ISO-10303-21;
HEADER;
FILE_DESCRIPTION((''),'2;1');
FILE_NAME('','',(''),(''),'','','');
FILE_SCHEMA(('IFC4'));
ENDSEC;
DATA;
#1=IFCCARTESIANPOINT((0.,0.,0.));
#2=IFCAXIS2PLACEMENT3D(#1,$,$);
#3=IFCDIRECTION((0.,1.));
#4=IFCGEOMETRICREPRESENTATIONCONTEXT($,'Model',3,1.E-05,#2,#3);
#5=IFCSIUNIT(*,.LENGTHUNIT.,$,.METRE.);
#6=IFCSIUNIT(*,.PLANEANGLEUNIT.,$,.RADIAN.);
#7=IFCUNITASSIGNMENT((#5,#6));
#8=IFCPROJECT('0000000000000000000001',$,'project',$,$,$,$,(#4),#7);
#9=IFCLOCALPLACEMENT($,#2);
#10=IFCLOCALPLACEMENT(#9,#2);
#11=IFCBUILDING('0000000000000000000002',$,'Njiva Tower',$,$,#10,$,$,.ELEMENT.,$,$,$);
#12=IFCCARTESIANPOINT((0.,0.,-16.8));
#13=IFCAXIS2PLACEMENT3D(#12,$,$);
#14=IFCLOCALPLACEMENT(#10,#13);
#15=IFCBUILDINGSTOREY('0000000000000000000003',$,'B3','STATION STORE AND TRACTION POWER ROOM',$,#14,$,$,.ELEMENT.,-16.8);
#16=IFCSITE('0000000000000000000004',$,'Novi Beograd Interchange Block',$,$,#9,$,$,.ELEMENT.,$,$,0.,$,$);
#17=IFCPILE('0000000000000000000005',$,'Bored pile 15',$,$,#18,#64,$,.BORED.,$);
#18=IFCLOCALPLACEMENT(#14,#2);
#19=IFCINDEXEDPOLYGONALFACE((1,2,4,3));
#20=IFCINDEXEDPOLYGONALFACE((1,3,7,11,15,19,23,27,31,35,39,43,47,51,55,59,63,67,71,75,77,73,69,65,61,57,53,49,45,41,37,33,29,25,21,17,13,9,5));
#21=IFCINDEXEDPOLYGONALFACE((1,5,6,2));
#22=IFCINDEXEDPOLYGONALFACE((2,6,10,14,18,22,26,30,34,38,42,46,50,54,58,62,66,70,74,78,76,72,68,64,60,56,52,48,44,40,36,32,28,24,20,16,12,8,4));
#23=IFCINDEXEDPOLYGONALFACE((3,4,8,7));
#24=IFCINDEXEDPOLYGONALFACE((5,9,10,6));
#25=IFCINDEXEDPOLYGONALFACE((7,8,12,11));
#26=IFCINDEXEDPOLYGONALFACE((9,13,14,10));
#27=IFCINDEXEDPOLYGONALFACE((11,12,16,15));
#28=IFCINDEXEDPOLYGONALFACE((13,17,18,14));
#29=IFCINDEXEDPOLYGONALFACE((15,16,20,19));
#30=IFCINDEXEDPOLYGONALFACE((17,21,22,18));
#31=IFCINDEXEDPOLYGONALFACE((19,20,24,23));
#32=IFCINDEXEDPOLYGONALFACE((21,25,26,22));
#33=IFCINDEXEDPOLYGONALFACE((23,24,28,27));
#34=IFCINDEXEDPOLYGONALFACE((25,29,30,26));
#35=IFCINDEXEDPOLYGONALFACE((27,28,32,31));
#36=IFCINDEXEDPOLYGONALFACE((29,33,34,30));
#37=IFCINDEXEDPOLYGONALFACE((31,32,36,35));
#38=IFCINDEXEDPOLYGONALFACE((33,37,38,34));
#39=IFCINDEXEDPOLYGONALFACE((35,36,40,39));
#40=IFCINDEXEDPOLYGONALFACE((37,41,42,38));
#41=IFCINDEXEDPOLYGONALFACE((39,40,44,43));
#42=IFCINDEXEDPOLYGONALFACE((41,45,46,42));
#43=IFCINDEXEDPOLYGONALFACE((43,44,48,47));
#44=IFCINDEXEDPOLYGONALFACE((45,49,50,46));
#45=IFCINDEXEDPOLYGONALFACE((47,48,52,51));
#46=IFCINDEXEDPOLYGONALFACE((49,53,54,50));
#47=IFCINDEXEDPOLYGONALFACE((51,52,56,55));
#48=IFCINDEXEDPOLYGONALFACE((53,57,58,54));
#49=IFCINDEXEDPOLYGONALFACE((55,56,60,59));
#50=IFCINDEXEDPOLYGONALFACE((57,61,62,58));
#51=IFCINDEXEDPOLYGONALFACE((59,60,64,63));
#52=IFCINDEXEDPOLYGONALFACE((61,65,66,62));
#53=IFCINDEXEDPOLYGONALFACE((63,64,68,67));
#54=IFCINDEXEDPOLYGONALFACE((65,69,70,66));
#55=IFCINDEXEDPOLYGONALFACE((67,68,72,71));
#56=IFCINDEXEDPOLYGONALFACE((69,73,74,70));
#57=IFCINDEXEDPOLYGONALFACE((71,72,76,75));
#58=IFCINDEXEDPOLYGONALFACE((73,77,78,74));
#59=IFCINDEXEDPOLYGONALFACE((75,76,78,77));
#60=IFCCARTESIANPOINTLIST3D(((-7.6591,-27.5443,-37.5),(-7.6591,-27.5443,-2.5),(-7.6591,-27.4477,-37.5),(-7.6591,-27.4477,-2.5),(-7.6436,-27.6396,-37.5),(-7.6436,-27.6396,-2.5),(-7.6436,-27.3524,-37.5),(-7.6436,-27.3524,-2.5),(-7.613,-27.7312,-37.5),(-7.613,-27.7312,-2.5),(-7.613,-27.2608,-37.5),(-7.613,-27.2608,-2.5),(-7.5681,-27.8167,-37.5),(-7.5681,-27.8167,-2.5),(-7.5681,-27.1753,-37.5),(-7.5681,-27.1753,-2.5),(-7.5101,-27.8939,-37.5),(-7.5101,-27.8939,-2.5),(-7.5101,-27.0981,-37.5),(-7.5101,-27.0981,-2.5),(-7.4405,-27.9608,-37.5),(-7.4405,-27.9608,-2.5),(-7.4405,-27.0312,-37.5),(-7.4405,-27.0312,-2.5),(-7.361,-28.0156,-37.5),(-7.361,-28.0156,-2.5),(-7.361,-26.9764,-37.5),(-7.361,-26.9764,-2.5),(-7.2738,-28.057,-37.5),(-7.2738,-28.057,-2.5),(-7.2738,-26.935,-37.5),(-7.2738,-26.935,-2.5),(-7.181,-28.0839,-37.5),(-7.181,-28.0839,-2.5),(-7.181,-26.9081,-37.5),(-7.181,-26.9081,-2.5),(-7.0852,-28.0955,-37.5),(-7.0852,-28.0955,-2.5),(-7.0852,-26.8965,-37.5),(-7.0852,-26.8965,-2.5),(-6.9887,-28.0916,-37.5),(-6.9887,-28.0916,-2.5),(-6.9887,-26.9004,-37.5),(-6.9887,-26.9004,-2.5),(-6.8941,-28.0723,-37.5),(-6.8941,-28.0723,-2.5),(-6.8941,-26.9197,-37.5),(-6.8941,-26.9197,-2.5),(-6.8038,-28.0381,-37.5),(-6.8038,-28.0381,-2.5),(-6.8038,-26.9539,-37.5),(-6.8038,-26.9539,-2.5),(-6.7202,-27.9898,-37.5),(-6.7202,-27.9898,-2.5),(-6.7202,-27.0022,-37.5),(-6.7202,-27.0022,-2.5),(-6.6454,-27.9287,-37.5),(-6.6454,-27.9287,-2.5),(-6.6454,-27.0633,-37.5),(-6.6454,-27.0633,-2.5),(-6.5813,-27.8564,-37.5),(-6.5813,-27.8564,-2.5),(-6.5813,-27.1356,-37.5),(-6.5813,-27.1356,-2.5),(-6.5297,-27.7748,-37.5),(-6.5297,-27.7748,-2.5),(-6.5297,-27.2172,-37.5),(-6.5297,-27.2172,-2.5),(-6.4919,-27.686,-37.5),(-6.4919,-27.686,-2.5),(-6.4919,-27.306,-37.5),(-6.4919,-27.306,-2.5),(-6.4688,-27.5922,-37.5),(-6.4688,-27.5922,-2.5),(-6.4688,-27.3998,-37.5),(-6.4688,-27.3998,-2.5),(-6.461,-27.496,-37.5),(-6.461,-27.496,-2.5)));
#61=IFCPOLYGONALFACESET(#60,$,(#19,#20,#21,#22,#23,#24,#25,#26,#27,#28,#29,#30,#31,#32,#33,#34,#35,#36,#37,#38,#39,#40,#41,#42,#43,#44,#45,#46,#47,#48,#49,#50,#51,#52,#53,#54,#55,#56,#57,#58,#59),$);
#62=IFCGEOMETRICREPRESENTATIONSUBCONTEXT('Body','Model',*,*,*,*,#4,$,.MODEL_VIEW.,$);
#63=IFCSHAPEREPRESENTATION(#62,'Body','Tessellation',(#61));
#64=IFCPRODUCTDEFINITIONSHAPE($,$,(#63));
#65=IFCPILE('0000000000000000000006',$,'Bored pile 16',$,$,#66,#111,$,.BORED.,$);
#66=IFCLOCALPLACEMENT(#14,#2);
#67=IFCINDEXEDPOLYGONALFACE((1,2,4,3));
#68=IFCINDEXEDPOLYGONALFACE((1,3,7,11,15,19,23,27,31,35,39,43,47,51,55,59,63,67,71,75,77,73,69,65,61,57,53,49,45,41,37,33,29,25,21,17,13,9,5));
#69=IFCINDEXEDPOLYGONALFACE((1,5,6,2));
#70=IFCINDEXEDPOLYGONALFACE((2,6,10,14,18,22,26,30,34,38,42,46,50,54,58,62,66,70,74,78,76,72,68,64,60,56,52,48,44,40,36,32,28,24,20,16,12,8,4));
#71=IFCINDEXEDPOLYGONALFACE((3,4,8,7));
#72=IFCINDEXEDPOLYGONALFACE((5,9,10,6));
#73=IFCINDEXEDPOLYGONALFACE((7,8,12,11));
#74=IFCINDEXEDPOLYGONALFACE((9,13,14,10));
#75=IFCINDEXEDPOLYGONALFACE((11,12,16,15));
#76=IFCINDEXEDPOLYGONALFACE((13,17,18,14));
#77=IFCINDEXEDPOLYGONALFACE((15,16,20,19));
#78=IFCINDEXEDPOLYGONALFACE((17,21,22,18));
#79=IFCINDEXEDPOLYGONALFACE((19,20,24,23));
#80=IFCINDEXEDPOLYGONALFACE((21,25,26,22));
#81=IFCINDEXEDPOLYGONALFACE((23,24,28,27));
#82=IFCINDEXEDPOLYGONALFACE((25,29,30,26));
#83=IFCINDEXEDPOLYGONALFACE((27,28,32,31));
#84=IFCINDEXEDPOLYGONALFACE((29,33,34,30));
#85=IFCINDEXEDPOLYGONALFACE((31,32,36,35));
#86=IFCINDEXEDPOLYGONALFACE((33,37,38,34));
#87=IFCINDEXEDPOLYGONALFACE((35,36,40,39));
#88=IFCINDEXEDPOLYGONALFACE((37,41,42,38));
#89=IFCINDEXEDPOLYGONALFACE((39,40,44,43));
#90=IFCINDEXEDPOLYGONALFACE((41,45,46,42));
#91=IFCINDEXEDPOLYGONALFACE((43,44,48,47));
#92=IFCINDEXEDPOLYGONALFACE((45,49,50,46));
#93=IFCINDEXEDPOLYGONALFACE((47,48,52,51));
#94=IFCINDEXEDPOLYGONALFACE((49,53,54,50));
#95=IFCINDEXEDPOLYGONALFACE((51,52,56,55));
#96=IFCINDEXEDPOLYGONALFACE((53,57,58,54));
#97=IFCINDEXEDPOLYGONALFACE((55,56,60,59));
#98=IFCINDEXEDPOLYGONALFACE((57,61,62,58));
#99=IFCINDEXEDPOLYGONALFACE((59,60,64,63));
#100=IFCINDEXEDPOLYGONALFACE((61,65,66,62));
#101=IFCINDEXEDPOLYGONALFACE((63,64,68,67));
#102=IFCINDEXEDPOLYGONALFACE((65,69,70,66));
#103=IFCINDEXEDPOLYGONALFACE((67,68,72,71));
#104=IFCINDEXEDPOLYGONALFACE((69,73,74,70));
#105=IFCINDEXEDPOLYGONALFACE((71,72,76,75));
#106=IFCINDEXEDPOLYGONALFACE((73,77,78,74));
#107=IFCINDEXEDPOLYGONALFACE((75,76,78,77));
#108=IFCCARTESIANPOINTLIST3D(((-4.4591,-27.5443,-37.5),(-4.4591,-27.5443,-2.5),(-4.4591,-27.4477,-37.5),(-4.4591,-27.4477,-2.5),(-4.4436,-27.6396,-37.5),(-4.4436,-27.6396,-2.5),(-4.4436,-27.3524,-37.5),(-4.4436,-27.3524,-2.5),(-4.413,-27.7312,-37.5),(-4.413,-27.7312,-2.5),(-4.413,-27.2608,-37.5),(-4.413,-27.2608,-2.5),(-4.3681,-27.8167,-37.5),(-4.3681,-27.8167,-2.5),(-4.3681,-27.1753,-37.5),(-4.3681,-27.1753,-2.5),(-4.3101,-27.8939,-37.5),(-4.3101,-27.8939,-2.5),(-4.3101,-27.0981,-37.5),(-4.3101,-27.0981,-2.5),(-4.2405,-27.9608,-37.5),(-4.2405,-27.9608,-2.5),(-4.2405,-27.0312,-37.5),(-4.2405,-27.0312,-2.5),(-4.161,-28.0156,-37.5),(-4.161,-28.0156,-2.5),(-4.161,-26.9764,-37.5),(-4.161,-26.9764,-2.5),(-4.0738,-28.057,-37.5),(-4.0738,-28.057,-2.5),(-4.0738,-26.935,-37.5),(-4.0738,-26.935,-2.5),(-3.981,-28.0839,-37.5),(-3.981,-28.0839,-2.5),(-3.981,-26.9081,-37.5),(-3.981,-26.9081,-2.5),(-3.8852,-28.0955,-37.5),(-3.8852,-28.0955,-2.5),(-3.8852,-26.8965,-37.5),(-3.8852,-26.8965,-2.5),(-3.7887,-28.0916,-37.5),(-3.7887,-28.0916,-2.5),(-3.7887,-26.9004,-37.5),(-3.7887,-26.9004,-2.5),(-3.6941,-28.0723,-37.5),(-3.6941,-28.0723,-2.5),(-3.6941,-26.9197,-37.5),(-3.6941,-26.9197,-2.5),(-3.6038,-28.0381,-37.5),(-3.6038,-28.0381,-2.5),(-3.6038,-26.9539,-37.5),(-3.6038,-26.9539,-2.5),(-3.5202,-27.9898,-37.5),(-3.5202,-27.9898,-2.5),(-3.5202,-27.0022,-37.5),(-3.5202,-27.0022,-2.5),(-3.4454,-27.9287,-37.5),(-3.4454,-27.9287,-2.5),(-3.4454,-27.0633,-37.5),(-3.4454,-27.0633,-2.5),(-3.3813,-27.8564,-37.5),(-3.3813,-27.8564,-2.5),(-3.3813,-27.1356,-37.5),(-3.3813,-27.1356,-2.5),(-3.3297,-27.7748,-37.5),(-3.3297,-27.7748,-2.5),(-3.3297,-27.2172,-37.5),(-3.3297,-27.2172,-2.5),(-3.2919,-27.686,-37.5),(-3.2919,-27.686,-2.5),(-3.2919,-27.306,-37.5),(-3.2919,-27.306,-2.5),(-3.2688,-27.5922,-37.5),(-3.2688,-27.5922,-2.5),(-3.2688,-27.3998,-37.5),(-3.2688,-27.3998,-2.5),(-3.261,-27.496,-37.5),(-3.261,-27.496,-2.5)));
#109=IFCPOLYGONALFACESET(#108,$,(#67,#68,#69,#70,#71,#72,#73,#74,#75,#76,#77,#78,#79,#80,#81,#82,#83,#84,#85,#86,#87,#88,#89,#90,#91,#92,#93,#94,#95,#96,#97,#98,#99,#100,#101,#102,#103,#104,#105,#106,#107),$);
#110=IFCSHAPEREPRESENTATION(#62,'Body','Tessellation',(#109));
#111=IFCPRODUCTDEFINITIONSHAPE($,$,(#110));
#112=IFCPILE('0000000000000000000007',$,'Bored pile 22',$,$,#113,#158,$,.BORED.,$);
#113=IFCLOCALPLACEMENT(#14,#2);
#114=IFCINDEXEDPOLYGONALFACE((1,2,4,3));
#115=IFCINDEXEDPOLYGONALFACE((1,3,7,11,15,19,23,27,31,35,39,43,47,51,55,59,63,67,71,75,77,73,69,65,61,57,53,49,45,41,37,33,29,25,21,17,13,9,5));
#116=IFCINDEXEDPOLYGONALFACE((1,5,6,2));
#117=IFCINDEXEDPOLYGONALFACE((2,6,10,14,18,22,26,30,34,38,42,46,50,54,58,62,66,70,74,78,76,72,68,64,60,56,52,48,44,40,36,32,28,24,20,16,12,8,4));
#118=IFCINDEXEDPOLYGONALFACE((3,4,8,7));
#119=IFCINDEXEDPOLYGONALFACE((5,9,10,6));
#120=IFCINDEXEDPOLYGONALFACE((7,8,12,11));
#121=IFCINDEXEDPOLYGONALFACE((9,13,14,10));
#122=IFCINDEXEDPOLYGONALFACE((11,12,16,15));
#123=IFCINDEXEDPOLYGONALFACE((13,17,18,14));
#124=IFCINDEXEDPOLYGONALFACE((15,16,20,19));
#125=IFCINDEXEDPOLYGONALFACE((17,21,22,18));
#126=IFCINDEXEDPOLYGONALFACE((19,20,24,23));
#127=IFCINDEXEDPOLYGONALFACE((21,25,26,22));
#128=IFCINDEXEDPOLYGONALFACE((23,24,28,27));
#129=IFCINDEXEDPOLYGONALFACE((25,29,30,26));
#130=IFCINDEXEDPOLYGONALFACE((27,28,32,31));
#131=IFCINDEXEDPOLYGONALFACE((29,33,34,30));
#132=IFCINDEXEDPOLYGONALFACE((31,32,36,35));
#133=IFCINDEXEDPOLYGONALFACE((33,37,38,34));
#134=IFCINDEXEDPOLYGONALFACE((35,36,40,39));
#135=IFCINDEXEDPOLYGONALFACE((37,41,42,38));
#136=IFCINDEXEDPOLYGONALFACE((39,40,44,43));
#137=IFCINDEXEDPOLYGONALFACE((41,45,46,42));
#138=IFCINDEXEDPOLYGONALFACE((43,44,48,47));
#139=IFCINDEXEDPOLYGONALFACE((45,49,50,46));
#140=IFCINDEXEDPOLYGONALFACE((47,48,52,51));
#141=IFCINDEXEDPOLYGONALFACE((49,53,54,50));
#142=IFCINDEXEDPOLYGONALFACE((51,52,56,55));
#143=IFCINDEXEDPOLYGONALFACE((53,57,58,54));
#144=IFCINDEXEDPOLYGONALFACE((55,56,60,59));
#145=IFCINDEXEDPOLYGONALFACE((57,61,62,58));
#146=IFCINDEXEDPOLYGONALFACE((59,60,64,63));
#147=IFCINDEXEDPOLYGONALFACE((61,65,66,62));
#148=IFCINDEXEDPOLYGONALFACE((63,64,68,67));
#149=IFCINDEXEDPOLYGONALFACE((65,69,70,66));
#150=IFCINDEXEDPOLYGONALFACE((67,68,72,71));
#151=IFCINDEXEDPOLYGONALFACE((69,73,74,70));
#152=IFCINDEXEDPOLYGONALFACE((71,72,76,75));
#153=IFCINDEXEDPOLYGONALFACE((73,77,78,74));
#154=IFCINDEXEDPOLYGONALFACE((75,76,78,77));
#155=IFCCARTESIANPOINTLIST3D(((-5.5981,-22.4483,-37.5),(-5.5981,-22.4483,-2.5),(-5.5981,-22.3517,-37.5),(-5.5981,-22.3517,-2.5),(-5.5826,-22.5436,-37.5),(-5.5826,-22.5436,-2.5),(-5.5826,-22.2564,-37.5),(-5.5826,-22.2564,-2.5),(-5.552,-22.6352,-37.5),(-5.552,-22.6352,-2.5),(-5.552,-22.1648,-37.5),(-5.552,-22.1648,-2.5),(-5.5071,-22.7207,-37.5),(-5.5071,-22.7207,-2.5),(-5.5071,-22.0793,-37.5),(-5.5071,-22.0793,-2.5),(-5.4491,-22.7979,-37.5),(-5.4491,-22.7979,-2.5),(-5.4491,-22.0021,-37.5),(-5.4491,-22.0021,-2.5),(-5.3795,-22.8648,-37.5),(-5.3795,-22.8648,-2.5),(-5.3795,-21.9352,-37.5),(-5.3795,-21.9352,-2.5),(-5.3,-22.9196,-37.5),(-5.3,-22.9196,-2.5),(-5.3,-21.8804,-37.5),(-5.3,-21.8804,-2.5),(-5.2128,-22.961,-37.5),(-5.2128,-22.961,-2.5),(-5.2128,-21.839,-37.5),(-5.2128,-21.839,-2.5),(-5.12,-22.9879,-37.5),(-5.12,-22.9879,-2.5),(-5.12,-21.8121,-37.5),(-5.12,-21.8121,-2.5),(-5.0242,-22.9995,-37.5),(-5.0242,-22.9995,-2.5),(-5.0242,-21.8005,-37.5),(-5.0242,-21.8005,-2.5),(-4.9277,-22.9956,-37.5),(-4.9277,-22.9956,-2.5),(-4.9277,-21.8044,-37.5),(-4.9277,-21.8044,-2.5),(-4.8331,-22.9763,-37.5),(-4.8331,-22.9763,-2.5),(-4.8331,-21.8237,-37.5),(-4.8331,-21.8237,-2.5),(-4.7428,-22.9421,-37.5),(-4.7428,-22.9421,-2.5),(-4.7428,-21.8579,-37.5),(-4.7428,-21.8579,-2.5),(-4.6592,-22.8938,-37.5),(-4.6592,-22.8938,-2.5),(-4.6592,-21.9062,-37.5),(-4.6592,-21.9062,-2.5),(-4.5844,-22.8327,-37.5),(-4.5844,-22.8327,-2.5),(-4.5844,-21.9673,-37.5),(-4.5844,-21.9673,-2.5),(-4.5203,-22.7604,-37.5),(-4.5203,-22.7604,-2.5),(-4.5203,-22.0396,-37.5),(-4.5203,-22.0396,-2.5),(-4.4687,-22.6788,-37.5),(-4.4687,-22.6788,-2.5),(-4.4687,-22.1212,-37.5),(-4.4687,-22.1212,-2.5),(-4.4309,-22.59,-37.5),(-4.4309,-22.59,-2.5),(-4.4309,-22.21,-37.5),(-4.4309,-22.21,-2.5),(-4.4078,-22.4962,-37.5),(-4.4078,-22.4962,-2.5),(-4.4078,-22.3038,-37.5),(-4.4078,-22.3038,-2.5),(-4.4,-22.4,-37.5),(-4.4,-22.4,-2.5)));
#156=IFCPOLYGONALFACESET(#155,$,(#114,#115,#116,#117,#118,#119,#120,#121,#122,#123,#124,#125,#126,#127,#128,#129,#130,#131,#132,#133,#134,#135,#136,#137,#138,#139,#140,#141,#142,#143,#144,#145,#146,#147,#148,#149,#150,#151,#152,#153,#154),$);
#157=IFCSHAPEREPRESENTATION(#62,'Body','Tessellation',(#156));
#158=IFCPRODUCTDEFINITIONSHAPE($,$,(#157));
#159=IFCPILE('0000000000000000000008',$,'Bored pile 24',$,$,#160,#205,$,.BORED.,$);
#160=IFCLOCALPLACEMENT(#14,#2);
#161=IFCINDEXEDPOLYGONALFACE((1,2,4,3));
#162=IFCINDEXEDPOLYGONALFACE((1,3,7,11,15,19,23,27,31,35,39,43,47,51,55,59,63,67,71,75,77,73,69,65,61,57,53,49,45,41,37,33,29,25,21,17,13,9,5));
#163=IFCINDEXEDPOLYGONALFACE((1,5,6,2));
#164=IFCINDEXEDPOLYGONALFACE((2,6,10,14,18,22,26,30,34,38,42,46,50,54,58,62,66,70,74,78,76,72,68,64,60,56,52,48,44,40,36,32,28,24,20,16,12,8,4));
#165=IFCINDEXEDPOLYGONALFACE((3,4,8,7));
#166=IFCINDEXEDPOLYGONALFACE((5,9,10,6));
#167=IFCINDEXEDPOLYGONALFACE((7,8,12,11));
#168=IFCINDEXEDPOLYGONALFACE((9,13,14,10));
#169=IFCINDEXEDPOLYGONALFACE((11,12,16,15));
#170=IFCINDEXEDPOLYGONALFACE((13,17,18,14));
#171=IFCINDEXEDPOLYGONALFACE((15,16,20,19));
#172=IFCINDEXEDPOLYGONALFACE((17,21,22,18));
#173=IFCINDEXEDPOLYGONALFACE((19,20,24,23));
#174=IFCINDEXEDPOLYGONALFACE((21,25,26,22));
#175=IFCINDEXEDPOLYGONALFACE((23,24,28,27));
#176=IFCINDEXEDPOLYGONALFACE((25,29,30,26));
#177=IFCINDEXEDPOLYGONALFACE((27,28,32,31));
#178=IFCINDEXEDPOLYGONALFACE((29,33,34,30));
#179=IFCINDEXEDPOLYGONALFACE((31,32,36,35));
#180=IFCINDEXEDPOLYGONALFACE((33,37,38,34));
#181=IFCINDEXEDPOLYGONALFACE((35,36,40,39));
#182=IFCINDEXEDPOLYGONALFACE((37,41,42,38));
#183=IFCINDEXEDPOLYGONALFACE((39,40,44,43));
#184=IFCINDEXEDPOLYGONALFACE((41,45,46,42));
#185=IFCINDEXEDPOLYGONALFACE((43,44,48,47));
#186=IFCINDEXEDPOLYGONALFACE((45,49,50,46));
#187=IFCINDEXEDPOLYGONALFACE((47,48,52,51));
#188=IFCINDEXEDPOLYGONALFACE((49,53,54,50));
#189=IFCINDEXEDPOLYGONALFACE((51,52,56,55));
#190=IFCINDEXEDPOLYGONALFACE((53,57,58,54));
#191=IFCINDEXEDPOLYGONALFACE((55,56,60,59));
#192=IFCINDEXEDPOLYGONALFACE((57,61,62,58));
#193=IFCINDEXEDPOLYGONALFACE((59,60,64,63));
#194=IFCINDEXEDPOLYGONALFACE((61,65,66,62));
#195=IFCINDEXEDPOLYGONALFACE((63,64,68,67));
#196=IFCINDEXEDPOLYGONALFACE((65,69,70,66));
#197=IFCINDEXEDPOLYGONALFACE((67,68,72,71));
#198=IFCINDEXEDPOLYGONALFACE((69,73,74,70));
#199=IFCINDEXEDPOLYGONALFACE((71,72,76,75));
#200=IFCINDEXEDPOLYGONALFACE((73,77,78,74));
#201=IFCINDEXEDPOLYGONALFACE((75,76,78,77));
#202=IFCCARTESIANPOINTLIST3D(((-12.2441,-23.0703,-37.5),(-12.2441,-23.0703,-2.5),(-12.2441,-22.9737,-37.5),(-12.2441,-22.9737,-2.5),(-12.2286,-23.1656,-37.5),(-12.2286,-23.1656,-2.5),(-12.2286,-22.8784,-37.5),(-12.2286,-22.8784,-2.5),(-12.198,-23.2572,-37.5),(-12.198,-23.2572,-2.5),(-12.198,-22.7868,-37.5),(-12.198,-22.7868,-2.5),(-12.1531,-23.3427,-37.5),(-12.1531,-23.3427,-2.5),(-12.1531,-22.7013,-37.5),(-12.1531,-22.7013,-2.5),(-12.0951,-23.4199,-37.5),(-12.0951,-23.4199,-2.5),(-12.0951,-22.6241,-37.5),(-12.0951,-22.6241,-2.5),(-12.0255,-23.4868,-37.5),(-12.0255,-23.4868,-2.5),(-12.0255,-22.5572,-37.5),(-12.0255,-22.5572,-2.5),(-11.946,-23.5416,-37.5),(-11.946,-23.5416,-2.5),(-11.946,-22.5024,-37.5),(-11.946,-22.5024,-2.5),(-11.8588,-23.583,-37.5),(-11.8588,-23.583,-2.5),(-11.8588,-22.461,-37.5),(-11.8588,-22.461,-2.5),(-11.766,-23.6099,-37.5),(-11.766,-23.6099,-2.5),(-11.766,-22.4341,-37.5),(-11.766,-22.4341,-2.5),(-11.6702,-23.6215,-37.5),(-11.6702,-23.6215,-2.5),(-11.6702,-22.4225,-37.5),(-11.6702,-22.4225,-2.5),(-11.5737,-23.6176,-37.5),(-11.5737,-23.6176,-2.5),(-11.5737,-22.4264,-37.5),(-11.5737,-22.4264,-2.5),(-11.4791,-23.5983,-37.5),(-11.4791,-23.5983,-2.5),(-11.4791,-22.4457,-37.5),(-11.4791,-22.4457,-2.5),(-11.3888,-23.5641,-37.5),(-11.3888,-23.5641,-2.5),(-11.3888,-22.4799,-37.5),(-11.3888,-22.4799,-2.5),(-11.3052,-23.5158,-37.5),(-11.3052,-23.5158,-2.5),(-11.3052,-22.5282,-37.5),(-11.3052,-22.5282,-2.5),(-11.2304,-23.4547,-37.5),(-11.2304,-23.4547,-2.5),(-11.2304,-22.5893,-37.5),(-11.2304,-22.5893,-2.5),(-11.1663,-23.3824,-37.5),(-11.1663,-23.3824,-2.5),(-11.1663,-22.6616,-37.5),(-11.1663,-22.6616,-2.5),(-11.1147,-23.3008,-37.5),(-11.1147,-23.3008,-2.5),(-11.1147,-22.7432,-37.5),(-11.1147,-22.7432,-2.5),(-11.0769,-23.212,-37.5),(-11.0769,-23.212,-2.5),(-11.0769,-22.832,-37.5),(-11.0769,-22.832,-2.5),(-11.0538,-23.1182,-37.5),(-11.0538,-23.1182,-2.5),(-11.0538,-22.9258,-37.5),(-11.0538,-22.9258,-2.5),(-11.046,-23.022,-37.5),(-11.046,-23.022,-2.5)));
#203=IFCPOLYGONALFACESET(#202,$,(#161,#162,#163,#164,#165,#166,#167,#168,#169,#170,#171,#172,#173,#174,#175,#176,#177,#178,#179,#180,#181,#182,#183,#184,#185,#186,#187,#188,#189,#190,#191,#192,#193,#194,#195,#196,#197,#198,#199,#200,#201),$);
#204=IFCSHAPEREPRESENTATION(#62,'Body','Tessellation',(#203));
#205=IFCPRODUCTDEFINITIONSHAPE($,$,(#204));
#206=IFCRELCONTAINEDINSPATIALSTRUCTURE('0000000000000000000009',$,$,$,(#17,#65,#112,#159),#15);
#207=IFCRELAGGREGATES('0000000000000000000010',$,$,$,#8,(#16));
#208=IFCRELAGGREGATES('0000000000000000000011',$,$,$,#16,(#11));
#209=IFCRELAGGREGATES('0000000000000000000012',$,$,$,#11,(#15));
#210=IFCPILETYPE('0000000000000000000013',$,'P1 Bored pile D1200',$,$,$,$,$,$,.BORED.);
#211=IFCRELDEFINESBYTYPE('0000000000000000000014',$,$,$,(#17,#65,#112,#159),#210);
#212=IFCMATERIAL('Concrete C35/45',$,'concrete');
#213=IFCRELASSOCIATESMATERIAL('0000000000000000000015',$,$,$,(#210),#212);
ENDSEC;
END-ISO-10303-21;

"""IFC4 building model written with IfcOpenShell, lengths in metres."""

from ifc_helpers import new_model, si_unit, direction, frame, origin, origin_2d, place, context, subcontext, project, spatial, circle, extrude, material, material_profile, profile_set, type_object, element, save


model = new_model("IFC4")

# Units and contexts
model_context = context("Model", 3, precision=1e-05, world=origin(), true_north=direction((0.0, 1.0)))
body_context = subcontext(model_context, "Body", "Model", "MODEL_VIEW")
ifc_project = project(units=[si_unit("LENGTHUNIT", "METRE"), si_unit("PLANEANGLEUNIT", "RADIAN")], contexts=[model_context])

# Site, building, storey
site_placement = place(None, origin())
site = spatial("IfcSite", under=ifc_project, at=site_placement, Name="Novi Beograd Interchange Block", CompositionType="ELEMENT", RefElevation=0.0)
building_placement = place(site_placement, origin())
building = spatial("IfcBuilding", under=site, at=building_placement, Name="Njiva Tower", CompositionType="ELEMENT")
storey_placement = place(building_placement, frame((0.0, 0.0, -16.8)))
storey = spatial("IfcBuildingStorey", under=building, at=storey_placement, Name="B3", Description="STATION STORE AND TRACTION POWER ROOM", CompositionType="ELEMENT", Elevation=-16.8)

# Piles
ifc_material_1 = material(Name="Concrete C35/45", Category="concrete")
ifc_material_profile_1 = material_profile(ifc_material_1, circle(Radius=0.6, at=origin_2d()), Name="D1200")
ifc_profile_set_1 = profile_set([ifc_material_profile_1], Name="Concrete C35/45")
pile_type = type_object("IfcPileType", Name="P1 Bored pile D1200", PredefinedType="BORED", material=ifc_profile_set_1)
for number, where, z_axis, x_axis, name in (
    (1, (-7.061, -27.496, -2.5), (0.0, 0.0, -1.0), (1.0, 0.0, 0.0), "Bored pile 15"),
    (2, (-3.861, -27.496, -2.5), (0.0, 0.0, -1.0), (1.0, 0.0, 0.0), "Bored pile 16"),
    (3, (-5.0, -22.4, -2.5), (0.0, 0.0, -1.0), (1.0, 0.0, 0.0), "Bored pile 22"),
    (4, (-11.646, -23.022, -2.5), (0.0, 0.0, -1.0), (1.0, 0.0, 0.0), "Bored pile 24"),
):
    element("IfcPile", number, at=place(storey_placement, frame(where, z_axis=z_axis, x_axis=x_axis)), inside=storey, type_object=pile_type, Name=name, PredefinedType="BORED", context=body_context, shape_type="SweptSolid", body=[
        extrude(circle(Radius=0.6, at=origin_2d()), origin(), (0.0, 0.0, 1.0), 35.0),
    ])

save(model, "model.ifc")
